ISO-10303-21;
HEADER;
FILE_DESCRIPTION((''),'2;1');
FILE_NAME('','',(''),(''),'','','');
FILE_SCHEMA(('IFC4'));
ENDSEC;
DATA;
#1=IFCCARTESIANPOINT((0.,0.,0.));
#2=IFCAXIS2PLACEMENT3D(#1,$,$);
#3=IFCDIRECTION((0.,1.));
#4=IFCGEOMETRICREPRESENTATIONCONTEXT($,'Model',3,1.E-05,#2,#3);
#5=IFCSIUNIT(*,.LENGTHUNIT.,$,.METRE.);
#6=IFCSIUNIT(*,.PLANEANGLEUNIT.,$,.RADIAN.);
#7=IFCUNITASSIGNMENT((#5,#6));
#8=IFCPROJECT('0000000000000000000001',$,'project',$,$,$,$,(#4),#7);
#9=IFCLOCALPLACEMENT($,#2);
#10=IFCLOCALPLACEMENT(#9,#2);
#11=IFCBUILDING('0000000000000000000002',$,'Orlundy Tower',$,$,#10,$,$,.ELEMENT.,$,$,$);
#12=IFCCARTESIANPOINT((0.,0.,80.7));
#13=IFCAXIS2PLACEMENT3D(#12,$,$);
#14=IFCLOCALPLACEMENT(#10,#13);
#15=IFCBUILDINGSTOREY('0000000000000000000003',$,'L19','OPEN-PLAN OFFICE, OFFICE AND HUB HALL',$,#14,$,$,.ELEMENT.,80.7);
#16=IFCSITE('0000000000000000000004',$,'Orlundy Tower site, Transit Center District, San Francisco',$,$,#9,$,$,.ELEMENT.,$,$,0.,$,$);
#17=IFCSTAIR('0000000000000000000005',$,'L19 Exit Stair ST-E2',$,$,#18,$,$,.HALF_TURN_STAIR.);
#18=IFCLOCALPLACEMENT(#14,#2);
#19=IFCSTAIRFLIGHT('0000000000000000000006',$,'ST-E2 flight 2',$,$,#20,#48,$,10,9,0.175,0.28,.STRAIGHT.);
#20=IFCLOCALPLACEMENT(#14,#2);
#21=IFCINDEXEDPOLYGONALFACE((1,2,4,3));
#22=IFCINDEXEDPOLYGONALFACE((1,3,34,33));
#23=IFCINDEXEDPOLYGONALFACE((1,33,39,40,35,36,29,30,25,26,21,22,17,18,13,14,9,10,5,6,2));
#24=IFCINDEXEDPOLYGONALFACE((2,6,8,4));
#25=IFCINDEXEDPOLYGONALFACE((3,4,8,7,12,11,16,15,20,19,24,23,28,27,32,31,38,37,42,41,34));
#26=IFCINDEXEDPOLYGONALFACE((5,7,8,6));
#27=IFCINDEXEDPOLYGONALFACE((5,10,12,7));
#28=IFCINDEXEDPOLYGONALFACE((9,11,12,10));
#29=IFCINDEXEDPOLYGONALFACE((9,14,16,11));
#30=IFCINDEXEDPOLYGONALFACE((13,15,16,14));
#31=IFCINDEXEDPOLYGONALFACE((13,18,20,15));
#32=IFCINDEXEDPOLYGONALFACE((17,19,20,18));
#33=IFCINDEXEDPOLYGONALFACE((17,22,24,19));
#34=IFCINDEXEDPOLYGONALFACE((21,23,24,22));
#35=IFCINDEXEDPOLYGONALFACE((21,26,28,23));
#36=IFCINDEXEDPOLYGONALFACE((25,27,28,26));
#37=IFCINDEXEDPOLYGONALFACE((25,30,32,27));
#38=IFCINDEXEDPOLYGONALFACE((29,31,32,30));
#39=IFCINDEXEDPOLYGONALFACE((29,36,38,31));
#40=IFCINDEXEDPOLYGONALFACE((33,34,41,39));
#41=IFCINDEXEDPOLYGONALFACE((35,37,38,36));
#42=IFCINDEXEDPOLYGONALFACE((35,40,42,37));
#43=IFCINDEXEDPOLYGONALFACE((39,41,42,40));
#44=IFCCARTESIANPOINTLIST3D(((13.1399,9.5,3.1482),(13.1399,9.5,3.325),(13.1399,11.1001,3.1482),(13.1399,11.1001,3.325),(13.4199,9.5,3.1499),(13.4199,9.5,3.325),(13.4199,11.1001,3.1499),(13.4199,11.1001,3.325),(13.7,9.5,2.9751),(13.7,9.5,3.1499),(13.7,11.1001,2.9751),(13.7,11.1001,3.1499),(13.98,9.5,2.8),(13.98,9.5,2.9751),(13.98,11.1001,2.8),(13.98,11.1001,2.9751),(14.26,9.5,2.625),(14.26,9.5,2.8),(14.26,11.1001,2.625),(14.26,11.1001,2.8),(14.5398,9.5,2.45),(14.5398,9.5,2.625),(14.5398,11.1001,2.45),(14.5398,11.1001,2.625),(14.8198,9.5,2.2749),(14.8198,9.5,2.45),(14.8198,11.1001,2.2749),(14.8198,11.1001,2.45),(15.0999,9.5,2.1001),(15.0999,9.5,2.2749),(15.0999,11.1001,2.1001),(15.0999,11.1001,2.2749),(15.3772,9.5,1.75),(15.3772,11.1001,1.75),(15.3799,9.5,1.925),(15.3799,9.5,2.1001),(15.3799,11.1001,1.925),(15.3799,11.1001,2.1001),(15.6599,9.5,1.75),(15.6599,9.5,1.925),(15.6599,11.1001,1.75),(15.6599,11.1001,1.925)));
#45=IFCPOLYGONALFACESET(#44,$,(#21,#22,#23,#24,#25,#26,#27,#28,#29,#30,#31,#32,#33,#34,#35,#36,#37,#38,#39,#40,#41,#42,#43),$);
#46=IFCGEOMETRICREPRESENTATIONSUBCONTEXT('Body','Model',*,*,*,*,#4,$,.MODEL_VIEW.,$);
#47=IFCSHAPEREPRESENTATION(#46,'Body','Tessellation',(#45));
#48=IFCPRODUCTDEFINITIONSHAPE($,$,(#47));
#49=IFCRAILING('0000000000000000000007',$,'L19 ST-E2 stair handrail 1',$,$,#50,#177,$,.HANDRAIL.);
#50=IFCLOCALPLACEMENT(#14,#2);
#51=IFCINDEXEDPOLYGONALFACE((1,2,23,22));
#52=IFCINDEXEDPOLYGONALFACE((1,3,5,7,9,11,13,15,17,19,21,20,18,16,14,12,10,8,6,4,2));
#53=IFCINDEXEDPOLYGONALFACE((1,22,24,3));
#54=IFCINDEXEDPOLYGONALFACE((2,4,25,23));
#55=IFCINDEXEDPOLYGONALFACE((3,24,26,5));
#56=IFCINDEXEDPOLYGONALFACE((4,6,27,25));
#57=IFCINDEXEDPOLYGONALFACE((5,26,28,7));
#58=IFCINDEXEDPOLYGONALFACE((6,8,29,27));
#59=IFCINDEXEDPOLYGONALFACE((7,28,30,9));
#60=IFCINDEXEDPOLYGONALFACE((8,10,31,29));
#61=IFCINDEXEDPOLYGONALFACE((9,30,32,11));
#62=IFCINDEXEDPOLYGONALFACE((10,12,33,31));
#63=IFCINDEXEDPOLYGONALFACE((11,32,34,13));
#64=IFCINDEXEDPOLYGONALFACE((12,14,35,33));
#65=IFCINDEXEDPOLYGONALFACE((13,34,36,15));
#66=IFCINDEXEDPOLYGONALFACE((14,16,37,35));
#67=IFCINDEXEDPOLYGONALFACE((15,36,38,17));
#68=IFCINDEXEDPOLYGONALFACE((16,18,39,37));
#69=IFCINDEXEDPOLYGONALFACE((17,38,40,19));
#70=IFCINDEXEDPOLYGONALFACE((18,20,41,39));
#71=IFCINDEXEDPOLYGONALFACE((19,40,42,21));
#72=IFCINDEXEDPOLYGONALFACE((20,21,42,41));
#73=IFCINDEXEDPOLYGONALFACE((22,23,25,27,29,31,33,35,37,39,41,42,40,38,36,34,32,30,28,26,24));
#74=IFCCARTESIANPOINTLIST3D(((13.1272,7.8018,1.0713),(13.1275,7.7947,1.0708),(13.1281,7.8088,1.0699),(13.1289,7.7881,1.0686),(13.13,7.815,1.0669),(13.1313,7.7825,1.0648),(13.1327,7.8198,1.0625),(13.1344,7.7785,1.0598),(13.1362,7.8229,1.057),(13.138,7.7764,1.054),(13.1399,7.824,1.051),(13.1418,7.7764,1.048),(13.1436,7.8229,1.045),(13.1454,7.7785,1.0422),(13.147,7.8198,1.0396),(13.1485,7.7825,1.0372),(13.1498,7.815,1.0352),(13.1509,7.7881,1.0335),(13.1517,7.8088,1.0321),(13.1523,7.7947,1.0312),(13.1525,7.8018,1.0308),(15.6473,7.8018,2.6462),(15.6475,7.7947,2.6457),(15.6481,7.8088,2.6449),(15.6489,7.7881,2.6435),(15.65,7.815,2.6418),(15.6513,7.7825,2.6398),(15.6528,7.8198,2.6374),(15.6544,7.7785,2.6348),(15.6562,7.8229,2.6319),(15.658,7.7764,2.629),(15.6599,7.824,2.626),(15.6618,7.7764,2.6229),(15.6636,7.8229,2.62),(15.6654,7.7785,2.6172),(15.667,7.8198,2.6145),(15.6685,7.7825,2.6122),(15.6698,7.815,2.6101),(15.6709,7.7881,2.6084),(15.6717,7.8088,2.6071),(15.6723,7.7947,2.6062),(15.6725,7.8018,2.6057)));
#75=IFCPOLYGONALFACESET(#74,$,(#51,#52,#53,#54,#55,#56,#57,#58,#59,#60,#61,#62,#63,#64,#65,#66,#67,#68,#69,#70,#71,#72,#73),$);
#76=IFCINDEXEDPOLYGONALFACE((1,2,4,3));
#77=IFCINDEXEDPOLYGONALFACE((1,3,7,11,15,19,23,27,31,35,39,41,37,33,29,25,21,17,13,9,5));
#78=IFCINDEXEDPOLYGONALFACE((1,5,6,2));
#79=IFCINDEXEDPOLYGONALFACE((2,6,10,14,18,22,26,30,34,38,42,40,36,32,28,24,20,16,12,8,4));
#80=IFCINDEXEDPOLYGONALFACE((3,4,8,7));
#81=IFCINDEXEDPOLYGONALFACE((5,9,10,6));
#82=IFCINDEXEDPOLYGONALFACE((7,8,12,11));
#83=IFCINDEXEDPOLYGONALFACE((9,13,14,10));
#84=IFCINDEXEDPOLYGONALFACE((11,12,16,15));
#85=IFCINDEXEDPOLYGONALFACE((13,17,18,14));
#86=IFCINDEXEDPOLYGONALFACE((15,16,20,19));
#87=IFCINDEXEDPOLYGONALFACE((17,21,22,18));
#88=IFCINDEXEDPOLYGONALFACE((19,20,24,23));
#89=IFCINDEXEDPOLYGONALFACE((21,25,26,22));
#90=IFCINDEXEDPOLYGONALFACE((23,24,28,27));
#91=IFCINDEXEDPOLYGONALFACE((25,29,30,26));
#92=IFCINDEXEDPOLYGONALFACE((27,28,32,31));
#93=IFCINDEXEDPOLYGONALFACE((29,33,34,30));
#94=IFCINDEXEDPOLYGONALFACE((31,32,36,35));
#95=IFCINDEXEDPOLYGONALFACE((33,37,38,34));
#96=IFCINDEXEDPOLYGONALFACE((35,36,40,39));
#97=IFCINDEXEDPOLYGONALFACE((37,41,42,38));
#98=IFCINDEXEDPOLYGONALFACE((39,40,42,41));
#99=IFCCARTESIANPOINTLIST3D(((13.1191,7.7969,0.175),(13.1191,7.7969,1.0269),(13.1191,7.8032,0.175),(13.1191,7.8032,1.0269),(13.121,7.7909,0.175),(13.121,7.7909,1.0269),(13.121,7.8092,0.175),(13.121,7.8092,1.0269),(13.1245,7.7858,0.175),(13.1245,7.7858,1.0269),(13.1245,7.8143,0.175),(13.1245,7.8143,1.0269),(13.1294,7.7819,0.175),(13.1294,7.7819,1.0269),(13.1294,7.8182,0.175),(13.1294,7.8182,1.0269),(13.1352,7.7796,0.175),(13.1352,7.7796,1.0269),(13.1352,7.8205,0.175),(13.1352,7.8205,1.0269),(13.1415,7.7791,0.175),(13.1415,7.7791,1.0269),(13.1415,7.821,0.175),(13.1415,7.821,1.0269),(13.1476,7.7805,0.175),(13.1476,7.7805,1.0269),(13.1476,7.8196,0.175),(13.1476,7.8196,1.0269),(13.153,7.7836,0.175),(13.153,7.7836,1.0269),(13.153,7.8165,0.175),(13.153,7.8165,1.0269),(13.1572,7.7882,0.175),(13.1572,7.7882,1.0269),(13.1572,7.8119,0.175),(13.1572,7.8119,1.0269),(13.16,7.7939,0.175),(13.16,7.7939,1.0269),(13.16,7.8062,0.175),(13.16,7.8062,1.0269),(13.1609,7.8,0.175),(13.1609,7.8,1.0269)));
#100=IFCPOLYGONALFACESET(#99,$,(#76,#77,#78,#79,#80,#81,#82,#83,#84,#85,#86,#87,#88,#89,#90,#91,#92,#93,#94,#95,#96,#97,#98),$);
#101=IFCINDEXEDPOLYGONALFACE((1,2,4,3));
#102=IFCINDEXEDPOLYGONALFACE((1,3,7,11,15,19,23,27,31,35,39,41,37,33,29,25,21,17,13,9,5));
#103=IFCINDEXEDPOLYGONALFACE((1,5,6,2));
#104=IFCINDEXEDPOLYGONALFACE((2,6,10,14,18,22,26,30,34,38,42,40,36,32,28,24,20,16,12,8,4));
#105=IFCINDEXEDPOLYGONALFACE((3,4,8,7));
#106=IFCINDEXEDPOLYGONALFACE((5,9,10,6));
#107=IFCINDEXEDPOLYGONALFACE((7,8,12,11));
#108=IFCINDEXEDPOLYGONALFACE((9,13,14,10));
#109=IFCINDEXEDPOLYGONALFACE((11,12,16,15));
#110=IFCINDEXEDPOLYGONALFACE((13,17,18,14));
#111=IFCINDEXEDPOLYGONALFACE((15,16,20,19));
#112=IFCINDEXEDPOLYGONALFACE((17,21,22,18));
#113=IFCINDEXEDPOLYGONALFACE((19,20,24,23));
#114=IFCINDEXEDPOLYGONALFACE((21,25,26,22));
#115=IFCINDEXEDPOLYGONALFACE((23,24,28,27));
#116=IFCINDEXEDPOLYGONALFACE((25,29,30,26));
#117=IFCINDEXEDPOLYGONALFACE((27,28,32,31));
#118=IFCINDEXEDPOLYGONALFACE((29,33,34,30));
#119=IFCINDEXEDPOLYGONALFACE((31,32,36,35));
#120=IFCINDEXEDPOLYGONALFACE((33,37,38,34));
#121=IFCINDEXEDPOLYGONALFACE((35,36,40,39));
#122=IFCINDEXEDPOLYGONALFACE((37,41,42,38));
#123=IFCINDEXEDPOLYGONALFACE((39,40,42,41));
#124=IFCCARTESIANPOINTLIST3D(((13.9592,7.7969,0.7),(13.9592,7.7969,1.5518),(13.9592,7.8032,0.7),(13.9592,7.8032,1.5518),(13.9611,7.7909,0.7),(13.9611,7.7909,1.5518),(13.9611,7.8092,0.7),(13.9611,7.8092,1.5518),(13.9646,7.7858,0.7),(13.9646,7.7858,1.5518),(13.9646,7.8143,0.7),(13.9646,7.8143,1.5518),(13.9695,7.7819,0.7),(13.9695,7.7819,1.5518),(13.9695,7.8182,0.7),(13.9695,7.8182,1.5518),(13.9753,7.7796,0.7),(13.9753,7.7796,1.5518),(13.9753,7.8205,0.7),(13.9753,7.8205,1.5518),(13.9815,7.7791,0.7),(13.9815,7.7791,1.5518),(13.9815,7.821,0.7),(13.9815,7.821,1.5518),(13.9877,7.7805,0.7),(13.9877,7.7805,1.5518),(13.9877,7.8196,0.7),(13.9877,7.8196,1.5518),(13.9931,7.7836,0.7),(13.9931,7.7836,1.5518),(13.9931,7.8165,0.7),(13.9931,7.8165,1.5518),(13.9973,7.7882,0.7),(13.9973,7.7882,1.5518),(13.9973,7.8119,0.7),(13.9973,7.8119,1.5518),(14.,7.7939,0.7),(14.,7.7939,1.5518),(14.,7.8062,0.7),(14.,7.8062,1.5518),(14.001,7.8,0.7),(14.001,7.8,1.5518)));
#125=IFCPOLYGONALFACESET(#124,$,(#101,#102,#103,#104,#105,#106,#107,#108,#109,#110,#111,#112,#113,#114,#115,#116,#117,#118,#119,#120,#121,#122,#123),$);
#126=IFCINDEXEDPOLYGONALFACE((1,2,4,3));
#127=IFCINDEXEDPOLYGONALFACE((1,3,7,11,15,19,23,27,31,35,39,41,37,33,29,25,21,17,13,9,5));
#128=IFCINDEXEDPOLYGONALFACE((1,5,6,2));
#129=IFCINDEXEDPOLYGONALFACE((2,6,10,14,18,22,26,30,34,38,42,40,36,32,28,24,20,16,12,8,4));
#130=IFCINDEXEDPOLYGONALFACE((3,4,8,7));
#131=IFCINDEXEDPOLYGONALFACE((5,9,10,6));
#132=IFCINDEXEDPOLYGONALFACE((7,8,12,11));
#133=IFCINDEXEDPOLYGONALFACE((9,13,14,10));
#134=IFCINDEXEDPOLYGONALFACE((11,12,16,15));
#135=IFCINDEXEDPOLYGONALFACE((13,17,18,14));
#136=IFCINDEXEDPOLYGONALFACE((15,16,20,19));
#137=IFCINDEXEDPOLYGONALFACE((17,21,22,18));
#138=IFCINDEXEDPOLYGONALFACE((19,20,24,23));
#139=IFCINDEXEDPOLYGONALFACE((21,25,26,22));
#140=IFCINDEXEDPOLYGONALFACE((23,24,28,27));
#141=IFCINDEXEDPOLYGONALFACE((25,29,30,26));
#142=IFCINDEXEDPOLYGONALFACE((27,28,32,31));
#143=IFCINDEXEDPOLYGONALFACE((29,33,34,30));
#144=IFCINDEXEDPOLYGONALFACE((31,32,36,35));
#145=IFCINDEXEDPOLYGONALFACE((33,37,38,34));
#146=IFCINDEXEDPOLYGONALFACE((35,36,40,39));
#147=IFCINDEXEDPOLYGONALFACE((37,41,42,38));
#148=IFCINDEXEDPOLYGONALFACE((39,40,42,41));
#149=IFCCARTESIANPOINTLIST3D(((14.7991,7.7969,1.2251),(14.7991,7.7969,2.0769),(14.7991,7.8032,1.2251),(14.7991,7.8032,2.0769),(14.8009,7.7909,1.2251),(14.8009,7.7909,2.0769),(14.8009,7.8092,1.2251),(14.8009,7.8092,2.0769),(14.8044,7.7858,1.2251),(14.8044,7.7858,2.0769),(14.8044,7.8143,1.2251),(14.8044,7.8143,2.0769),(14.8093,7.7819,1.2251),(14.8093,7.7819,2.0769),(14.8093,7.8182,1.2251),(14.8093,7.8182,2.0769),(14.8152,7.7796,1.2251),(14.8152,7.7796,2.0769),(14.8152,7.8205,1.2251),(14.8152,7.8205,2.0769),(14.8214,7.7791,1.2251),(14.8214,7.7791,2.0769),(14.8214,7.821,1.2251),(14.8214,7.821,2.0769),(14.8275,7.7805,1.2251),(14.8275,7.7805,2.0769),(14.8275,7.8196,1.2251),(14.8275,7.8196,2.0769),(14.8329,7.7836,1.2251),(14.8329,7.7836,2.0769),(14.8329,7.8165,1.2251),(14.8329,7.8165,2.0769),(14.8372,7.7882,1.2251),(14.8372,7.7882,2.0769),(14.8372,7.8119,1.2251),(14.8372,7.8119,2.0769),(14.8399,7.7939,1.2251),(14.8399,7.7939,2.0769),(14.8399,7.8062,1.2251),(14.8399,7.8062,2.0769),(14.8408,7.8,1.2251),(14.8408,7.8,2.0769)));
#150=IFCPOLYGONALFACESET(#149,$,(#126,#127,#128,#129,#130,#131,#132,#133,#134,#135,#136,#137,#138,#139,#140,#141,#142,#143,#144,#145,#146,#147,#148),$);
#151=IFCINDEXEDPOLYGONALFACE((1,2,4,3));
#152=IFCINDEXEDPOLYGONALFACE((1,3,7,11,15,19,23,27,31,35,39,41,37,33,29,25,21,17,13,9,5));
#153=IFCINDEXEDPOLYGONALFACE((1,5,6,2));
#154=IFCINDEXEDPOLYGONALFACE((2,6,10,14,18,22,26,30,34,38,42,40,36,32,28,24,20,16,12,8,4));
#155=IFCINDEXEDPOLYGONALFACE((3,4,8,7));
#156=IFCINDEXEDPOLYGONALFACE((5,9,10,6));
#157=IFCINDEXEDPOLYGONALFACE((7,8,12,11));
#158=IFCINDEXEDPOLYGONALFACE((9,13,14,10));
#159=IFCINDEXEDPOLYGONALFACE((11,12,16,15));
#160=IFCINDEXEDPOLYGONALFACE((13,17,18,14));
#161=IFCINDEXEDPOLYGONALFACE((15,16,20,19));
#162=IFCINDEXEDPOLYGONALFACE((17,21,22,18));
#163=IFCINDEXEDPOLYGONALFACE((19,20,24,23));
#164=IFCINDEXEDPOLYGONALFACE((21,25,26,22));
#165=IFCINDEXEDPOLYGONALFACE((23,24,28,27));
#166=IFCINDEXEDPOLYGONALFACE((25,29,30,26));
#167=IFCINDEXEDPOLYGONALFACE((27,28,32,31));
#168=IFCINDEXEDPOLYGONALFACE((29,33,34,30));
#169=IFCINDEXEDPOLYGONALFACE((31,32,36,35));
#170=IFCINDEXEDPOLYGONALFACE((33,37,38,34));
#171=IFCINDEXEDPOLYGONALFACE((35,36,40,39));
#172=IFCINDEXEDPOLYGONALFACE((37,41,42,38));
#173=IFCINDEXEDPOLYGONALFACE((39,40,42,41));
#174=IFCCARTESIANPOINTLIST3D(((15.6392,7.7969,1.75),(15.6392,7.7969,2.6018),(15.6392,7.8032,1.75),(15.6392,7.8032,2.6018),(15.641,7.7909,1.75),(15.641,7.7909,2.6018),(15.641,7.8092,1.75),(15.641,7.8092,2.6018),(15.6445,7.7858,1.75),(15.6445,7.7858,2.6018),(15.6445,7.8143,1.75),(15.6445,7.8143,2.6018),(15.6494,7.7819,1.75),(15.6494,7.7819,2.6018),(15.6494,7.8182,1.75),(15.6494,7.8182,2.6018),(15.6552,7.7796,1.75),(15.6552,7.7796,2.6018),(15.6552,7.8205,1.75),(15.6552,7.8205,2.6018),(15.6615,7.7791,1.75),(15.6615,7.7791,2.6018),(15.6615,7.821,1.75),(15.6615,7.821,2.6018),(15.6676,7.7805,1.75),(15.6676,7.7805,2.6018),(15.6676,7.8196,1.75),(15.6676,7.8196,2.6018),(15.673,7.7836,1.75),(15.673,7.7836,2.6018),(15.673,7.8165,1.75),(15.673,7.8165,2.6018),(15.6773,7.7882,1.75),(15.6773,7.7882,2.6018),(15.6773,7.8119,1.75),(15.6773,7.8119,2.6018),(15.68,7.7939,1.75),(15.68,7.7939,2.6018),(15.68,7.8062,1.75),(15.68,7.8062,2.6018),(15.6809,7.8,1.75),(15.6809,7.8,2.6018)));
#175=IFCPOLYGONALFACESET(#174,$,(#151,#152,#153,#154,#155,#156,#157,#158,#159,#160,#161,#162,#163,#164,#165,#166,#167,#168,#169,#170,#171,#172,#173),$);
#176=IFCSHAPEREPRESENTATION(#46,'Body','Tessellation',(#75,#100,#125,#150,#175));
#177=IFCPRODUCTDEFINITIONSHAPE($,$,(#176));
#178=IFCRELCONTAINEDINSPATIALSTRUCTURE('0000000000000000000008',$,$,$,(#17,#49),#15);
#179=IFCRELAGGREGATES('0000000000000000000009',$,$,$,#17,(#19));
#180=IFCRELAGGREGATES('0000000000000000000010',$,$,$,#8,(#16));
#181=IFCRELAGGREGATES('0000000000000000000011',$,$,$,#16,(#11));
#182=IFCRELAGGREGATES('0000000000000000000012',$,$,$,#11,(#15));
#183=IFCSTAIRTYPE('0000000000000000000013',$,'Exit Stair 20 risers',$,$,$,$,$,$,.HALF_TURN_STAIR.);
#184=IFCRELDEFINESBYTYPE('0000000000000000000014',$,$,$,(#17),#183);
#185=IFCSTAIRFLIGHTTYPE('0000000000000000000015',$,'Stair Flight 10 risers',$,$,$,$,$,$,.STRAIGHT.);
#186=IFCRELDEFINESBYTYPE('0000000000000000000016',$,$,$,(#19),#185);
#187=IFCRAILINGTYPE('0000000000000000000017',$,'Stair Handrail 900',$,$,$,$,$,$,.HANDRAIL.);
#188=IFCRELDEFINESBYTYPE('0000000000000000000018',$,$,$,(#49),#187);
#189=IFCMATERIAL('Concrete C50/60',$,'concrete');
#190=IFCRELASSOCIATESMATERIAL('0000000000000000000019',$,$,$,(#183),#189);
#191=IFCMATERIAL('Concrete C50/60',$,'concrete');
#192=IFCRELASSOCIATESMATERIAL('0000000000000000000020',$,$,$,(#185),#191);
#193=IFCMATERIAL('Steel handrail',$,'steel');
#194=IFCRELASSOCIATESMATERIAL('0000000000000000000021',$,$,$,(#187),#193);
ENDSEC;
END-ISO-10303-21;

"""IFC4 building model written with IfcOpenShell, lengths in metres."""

from ifc_helpers import new_model, si_unit, direction, frame, origin, origin_2d, place, context, subcontext, project, spatial, polyline, circle, outline, extrude, material, type_object, element, aggregate, save


model = new_model("IFC4")

# Units and contexts
model_context = context("Model", 3, precision=1e-05, world=origin(), true_north=direction((0.0, 1.0)))
body_context = subcontext(model_context, "Body", "Model", "MODEL_VIEW")
ifc_project = project(units=[si_unit("LENGTHUNIT", "METRE"), si_unit("PLANEANGLEUNIT", "RADIAN")], contexts=[model_context])

# Site, building, storey
site_placement = place(None, origin())
site = spatial("IfcSite", under=ifc_project, at=site_placement, Name="Orlundy Tower site, Transit Center District, San Francisco", CompositionType="ELEMENT", RefElevation=0.0)
building_placement = place(site_placement, origin())
building = spatial("IfcBuilding", under=site, at=building_placement, Name="Orlundy Tower", CompositionType="ELEMENT")
storey_placement = place(building_placement, frame((0.0, 0.0, 80.7)))
storey = spatial("IfcBuildingStorey", under=building, at=storey_placement, Name="L19", Description="OPEN-PLAN OFFICE, OFFICE AND HUB HALL", CompositionType="ELEMENT", Elevation=80.7)

# Stair, stair flight
ifc_material_1 = material(Name="Concrete C50/60", Category="concrete")
stair_type = type_object("IfcStairType", Name="Exit Stair 20 risers", PredefinedType="HALF_TURN_STAIR", material=ifc_material_1)
stair_placement = place(storey_placement, origin())
stair = element("IfcStair", 1, at=stair_placement, inside=storey, type_object=stair_type, Name="L19 Exit Stair ST-E2", PredefinedType="HALF_TURN_STAIR")
ifc_material_2 = material(Name="Concrete C50/60", Category="concrete")
stair_flight_type = type_object("IfcStairFlightType", Name="Stair Flight 10 risers", PredefinedType="STRAIGHT", material=ifc_material_2)
stair_flight_1_placement = place(storey_placement, frame((15.6599, 10.3, 1.75), z_axis=(0.0, 0.0, 1.0), x_axis=(-1.0, 0.0, 0.0)))
stair_flight_1 = element("IfcStairFlight", 2, at=stair_flight_1_placement, type_object=stair_flight_type, Name="ST-E2 flight 2", NumberOfRisers=10, NumberOfTreads=9, PredefinedType="STRAIGHT", RiserHeight=0.175, TreadLength=0.28, context=body_context, shape_type="SweptSolid", body=[
    extrude(outline(polyline([(0.0, 0.0), (0.0, 0.175), (0.28, 0.175), (0.28, 0.3501), (0.5601, 0.3501), (0.5601, 0.5249), (0.8401, 0.5249), (0.8401, 0.7), (1.1201, 0.7), (1.1201, 0.875), (1.3999, 0.875), (1.3999, 1.05), (1.6799, 1.05), (1.6799, 1.2251), (1.96, 1.2251), (1.96, 1.3999), (2.24, 1.3999), (2.24, 1.575), (2.52, 1.575), (2.52, 1.75), (2.52, 1.3982), (0.2827, 0.0), (0.0, 0.0)])), frame((0.0, 0.8, 0.0), z_axis=(0.0, -1.0, 0.0), x_axis=(1.0, 0.0, 0.0)), (0.0, 0.0, 1.0), 1.6001),
])
aggregate(stair, [stair_flight_1])

# Railing
ifc_material_3 = material(Name="Steel handrail", Category="steel")
railing_type_1 = type_object("IfcRailingType", Name="Stair Handrail 900", PredefinedType="HANDRAIL", material=ifc_material_3)
railing_1_placement = place(storey_placement, frame((13.1399, 7.8, 0.175)))
element("IfcRailing", 3, at=railing_1_placement, inside=storey, type_object=railing_type_1, Name="L19 ST-E2 stair handrail 1", PredefinedType="HANDRAIL", context=body_context, shape_type="SweptSolid", body=[
    extrude(circle(Radius=0.0239, at=origin_2d()), frame((0.0, 0.0, 0.876), z_axis=(0.848008, 0.0, 0.529984), x_axis=(0.0, 1.0, 0.0)), (0.0, 0.0, 1.0), 2.9717),
    extrude(circle(Radius=0.021, at=origin_2d()), origin(), (0.0, 0.0, 1.0), 0.8518),
    extrude(circle(Radius=0.021, at=origin_2d()), frame((0.8401, 0.0, 0.5249)), (0.0, 0.0, 1.0), 0.8518),
    extrude(circle(Radius=0.021, at=origin_2d()), frame((1.6799, 0.0, 1.05)), (0.0, 0.0, 1.0), 0.8518),
    extrude(circle(Radius=0.021, at=origin_2d()), frame((2.52, 0.0, 1.575)), (0.0, 0.0, 1.0), 0.8518),
])

save(model, "model.ifc")
